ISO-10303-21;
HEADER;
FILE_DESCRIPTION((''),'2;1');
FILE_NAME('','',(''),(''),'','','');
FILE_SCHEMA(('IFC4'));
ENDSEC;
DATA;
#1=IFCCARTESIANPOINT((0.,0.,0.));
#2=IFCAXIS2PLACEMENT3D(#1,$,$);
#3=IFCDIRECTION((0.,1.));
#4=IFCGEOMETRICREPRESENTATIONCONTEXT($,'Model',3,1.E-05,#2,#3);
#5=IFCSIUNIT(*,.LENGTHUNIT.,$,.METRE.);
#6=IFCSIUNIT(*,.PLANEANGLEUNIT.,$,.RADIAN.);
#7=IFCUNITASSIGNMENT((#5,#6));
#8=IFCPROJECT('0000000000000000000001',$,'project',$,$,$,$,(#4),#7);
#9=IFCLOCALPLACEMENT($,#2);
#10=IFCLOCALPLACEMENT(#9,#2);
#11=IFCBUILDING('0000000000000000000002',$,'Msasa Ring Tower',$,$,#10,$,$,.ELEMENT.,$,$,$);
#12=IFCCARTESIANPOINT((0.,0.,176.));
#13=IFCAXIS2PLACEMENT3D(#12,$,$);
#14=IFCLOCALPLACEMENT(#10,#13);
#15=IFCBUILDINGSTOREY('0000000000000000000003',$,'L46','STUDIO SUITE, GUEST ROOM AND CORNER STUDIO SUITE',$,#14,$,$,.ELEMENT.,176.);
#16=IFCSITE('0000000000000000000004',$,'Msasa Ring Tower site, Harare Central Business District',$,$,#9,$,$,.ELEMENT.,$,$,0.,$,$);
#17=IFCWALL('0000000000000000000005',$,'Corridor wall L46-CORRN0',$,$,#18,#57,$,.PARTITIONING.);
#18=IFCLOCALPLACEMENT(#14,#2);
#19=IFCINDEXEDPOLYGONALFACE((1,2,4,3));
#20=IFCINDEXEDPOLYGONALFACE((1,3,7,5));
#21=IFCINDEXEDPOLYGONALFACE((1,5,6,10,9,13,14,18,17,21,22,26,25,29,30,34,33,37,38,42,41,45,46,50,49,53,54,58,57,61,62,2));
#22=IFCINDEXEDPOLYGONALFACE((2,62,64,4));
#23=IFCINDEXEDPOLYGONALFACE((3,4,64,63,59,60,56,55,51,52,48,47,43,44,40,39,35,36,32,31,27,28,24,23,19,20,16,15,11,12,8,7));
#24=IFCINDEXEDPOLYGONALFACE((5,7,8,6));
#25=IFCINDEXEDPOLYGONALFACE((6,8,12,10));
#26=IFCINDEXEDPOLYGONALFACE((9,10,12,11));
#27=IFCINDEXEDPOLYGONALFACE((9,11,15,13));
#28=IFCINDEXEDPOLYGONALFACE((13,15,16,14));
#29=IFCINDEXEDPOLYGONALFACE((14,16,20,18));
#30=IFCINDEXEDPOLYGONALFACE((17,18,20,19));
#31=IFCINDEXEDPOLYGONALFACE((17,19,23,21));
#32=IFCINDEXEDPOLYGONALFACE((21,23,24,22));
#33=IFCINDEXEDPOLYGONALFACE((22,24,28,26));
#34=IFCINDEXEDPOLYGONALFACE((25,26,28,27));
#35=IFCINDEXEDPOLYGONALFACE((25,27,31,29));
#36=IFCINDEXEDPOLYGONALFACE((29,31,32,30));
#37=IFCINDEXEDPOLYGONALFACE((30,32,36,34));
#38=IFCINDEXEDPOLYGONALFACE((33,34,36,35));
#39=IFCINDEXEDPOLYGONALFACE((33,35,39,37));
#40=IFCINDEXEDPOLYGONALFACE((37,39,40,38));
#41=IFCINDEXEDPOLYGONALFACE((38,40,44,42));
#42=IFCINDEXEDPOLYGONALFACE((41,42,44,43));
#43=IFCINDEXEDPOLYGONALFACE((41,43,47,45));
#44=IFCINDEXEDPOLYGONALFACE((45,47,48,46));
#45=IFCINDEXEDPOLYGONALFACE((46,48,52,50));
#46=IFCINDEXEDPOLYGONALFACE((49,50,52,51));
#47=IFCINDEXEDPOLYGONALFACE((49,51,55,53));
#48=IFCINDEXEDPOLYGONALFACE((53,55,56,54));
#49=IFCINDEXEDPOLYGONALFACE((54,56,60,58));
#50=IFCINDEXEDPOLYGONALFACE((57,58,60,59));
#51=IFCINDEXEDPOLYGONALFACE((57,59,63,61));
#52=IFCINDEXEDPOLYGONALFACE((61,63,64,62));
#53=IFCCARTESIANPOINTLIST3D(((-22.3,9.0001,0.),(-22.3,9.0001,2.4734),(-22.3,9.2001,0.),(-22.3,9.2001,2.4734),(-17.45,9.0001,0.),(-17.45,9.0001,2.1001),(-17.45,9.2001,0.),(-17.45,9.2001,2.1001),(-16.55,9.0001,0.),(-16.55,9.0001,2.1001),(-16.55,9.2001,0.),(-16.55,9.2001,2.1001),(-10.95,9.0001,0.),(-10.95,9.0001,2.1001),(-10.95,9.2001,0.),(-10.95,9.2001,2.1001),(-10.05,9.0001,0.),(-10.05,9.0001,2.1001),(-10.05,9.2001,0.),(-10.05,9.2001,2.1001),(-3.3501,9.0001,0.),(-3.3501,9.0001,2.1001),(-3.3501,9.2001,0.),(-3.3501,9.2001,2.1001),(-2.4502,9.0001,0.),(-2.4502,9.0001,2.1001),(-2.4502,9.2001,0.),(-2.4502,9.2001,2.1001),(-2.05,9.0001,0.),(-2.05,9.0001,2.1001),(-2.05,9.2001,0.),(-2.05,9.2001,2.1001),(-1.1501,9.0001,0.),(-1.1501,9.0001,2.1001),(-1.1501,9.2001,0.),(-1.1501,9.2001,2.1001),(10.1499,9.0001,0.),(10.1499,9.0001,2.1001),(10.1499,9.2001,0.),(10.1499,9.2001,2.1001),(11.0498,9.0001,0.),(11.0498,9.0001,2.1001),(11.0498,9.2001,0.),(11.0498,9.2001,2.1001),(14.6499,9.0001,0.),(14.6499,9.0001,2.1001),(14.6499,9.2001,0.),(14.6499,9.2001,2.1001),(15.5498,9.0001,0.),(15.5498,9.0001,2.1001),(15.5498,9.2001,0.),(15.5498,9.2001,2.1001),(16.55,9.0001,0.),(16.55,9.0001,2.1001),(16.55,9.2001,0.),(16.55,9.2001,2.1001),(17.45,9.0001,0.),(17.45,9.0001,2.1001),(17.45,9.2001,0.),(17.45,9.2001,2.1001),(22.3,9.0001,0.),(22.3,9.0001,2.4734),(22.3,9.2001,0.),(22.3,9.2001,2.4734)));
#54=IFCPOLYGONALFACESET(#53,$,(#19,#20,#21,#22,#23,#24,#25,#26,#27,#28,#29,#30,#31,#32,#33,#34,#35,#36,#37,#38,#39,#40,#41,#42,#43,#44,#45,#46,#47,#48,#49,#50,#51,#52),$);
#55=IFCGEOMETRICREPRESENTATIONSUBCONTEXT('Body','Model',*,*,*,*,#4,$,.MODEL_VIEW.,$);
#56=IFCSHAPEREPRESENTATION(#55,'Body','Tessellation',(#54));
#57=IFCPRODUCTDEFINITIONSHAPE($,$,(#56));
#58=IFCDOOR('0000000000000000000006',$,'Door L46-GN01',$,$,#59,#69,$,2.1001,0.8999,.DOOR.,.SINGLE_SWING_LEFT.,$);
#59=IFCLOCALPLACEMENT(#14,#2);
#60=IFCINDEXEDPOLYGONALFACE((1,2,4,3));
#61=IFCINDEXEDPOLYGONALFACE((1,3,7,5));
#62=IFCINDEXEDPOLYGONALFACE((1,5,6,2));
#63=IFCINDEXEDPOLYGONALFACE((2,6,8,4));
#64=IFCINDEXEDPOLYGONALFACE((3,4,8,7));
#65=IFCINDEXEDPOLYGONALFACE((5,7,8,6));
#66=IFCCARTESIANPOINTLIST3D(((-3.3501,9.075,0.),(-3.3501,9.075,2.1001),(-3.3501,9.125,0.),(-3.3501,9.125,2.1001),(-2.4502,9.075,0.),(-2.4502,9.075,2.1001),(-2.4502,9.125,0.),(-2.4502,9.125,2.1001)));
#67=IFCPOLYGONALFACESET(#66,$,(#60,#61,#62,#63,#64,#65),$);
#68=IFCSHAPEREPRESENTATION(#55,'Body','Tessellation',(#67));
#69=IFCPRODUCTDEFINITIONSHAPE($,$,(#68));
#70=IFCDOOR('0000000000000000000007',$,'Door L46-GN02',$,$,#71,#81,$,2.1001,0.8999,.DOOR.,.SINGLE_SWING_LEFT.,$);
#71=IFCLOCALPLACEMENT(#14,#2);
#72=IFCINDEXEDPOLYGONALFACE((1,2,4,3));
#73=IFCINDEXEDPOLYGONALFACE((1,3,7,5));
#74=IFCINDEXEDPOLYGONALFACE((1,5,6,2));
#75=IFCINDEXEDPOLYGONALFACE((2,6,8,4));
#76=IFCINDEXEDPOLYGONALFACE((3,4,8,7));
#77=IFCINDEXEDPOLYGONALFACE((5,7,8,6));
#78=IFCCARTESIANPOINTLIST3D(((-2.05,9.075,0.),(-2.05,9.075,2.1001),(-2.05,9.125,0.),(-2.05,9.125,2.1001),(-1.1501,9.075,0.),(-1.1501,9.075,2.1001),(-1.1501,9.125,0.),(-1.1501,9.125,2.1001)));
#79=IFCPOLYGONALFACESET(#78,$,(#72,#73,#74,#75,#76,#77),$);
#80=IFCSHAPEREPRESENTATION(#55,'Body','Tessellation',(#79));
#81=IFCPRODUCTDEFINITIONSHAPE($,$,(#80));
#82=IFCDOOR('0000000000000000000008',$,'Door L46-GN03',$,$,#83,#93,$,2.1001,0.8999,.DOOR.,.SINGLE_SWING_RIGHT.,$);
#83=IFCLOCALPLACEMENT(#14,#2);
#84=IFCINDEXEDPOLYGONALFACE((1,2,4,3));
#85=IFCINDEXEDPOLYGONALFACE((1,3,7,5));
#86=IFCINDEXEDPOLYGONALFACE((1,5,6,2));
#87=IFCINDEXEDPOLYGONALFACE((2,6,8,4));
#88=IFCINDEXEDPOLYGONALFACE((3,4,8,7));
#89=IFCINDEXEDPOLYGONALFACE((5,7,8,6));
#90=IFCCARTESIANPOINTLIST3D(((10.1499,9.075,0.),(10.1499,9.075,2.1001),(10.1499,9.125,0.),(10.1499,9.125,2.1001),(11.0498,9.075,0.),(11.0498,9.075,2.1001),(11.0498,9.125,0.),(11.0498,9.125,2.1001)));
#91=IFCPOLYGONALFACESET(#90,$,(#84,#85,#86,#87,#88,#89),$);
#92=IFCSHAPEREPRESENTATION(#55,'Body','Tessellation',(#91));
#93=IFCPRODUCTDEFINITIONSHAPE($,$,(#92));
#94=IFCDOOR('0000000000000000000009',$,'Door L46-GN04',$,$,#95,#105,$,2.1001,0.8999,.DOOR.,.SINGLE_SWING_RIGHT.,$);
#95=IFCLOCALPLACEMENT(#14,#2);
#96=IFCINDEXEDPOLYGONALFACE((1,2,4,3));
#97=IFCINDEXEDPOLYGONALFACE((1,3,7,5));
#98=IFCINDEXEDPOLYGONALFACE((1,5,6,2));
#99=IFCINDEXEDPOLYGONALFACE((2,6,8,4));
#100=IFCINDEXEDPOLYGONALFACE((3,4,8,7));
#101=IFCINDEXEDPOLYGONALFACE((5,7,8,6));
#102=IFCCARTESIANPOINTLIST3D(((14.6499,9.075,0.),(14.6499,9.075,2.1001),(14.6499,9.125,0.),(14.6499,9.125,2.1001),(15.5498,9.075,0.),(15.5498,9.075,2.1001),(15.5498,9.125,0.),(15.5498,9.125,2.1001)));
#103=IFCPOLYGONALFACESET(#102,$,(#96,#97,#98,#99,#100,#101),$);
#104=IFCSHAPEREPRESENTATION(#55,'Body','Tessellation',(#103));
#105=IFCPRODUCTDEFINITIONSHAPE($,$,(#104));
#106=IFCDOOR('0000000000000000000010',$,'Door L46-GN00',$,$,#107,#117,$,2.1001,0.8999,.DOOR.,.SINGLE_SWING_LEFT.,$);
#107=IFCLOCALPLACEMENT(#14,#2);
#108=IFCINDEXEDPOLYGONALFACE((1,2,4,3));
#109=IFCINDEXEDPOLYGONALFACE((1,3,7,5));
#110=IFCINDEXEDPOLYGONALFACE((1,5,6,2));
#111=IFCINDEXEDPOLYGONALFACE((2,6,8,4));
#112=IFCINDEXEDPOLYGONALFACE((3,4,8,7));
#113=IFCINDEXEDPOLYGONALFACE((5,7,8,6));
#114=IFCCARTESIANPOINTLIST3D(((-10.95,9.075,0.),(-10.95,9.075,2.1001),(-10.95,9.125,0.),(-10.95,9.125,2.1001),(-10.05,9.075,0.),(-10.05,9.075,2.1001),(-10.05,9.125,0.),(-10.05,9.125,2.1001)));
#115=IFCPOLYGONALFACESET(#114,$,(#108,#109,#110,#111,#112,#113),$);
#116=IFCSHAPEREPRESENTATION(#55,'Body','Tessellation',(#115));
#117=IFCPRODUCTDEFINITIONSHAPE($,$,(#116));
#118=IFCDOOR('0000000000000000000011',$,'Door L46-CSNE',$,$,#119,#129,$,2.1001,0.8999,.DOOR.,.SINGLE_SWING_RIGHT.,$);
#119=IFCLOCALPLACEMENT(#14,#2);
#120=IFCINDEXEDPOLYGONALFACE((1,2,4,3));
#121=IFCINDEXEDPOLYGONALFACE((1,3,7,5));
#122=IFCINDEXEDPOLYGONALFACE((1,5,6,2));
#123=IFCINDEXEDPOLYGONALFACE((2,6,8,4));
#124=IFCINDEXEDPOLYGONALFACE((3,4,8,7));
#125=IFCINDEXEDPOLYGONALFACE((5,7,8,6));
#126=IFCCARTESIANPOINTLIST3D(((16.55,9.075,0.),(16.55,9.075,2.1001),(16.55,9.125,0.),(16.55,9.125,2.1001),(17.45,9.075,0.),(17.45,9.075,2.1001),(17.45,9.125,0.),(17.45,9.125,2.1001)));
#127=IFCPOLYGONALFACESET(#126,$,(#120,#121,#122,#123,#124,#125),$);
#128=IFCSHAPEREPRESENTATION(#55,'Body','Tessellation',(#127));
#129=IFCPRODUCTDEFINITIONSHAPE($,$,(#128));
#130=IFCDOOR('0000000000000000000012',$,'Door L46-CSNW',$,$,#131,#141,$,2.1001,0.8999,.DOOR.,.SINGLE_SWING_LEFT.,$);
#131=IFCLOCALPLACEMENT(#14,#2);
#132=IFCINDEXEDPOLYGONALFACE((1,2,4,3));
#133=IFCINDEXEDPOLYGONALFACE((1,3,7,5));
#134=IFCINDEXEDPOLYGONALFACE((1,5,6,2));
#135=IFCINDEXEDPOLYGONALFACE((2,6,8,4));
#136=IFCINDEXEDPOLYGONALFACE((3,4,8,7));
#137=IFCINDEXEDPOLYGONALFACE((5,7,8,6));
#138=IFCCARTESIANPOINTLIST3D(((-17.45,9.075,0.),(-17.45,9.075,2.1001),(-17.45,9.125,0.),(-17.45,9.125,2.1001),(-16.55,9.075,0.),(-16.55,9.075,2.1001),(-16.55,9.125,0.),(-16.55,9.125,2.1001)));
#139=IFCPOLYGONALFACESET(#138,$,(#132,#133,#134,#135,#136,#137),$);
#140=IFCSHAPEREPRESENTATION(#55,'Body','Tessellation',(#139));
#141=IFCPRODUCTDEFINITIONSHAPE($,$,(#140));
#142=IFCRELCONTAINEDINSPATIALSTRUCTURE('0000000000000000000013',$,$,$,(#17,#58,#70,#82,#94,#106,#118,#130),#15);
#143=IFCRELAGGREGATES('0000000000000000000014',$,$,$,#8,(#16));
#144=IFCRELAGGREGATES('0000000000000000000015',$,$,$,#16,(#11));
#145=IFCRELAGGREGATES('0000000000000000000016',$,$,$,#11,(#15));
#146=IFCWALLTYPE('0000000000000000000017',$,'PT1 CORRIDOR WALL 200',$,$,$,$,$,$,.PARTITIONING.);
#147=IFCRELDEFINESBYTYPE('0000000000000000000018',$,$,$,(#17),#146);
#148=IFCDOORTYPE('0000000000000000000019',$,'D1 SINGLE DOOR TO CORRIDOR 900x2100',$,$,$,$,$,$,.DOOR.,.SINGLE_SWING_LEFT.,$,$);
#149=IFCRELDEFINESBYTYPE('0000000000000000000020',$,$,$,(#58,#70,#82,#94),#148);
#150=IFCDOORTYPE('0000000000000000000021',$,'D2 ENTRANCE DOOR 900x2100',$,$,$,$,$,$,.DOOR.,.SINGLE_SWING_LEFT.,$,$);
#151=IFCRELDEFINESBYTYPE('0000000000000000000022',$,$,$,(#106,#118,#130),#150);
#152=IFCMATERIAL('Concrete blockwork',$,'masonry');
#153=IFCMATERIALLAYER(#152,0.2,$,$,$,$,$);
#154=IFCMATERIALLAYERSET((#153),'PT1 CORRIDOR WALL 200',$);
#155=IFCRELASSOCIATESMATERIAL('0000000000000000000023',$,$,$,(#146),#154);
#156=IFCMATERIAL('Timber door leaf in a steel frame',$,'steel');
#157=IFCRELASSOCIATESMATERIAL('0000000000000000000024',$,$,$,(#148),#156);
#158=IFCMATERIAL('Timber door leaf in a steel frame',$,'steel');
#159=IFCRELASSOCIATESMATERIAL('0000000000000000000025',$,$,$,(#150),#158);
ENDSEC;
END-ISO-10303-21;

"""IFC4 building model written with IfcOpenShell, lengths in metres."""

from ifc_helpers import new_model, si_unit, direction, frame, frame_2d, origin, place, context, subcontext, project, spatial, rectangle, extrude, material, layer, layer_set, type_object, element, fill, save


model = new_model("IFC4")

# Units and contexts
model_context = context("Model", 3, precision=1e-05, world=origin(), true_north=direction((0.0, 1.0)))
body_context = subcontext(model_context, "Body", "Model", "MODEL_VIEW")
ifc_project = project(units=[si_unit("LENGTHUNIT", "METRE"), si_unit("PLANEANGLEUNIT", "RADIAN")], contexts=[model_context])

# Site, building, storey
site_placement = place(None, origin())
site = spatial("IfcSite", under=ifc_project, at=site_placement, Name="Msasa Ring Tower site, Harare Central Business District", CompositionType="ELEMENT", RefElevation=0.0)
building_placement = place(site_placement, origin())
building = spatial("IfcBuilding", under=site, at=building_placement, Name="Msasa Ring Tower", CompositionType="ELEMENT")
storey_placement = place(building_placement, frame((0.0, 0.0, 176.0)))
storey = spatial("IfcBuildingStorey", under=building, at=storey_placement, Name="L46", Description="STUDIO SUITE, GUEST ROOM AND CORNER STUDIO SUITE", CompositionType="ELEMENT", Elevation=176.0)

# Wall, openings, doors
ifc_material_1 = material(Name="Concrete blockwork", Category="masonry")
ifc_layer_1 = layer(ifc_material_1, 0.2)
ifc_layer_set_1 = layer_set([ifc_layer_1], Name="PT1 CORRIDOR WALL 200")
wall_type_1 = type_object("IfcWallType", Name="PT1 CORRIDOR WALL 200", PredefinedType="PARTITIONING", material=ifc_layer_set_1)
wall_1_placement = place(storey_placement, frame((-22.3, 9.1001, 0.0), z_axis=(0.0, 0.0, 1.0), x_axis=(1.0, 0.0, 0.0)))
wall_1 = element("IfcWall", 1, at=wall_1_placement, inside=storey, type_object=wall_type_1, Name="Corridor wall L46-CORRN0", PredefinedType="PARTITIONING", context=body_context, shape_type="SweptSolid", body=[
    extrude(rectangle(XDim=44.6001, YDim=0.2, at=frame_2d((22.3, 0.0))), origin(), (0.0, 0.0, 1.0), 2.4734),
])
opening_1_placement = place(wall_1_placement, frame((11.3501, 0.0, 0.0)))
opening_1 = element("IfcOpeningElement", 2, at=opening_1_placement, cuts=wall_1, PredefinedType="OPENING", context=body_context, shape_type="SweptSolid", body=[
    extrude(rectangle(XDim=0.8999, YDim=2.1001, at=frame_2d((0.45, 1.05))), frame((0.0, 0.1099, 0.0), z_axis=(0.0, -1.0, 0.0), x_axis=(1.0, 0.0, 0.0)), (0.0, 0.0, 1.0), 0.22),
])
opening_2_placement = place(wall_1_placement, frame((18.95, 0.0, 0.0)))
opening_2 = element("IfcOpeningElement", 3, at=opening_2_placement, cuts=wall_1, PredefinedType="OPENING", context=body_context, shape_type="SweptSolid", body=[
    extrude(rectangle(XDim=0.8999, YDim=2.1001, at=frame_2d((0.45, 1.05))), frame((0.0, 0.1099, 0.0), z_axis=(0.0, -1.0, 0.0), x_axis=(1.0, 0.0, 0.0)), (0.0, 0.0, 1.0), 0.22),
])
opening_3_placement = place(wall_1_placement, frame((20.25, 0.0, 0.0)))
opening_3 = element("IfcOpeningElement", 4, at=opening_3_placement, cuts=wall_1, PredefinedType="OPENING", context=body_context, shape_type="SweptSolid", body=[
    extrude(rectangle(XDim=0.8999, YDim=2.1001, at=frame_2d((0.45, 1.05))), frame((0.0, 0.1099, 0.0), z_axis=(0.0, -1.0, 0.0), x_axis=(1.0, 0.0, 0.0)), (0.0, 0.0, 1.0), 0.22),
])
opening_4_placement = place(wall_1_placement, frame((32.45, 0.0, 0.0)))
opening_4 = element("IfcOpeningElement", 5, at=opening_4_placement, cuts=wall_1, PredefinedType="OPENING", context=body_context, shape_type="SweptSolid", body=[
    extrude(rectangle(XDim=0.8999, YDim=2.1001, at=frame_2d((0.45, 1.05))), frame((0.0, 0.1099, 0.0), z_axis=(0.0, -1.0, 0.0), x_axis=(1.0, 0.0, 0.0)), (0.0, 0.0, 1.0), 0.22),
])
opening_5_placement = place(wall_1_placement, frame((36.95, 0.0, 0.0)))
opening_5 = element("IfcOpeningElement", 6, at=opening_5_placement, cuts=wall_1, PredefinedType="OPENING", context=body_context, shape_type="SweptSolid", body=[
    extrude(rectangle(XDim=0.8999, YDim=2.1001, at=frame_2d((0.45, 1.05))), frame((0.0, 0.1099, 0.0), z_axis=(0.0, -1.0, 0.0), x_axis=(1.0, 0.0, 0.0)), (0.0, 0.0, 1.0), 0.22),
])
opening_6_placement = place(wall_1_placement, frame((38.8501, 0.0, 0.0)))
opening_6 = element("IfcOpeningElement", 7, at=opening_6_placement, cuts=wall_1, PredefinedType="OPENING", context=body_context, shape_type="SweptSolid", body=[
    extrude(rectangle(XDim=0.8999, YDim=2.1001, at=frame_2d((0.45, 1.05))), frame((0.0, 0.1099, 0.0), z_axis=(0.0, -1.0, 0.0), x_axis=(1.0, 0.0, 0.0)), (0.0, 0.0, 1.0), 0.22),
])
opening_7_placement = place(wall_1_placement, frame((4.8501, 0.0, 0.0)))
opening_7 = element("IfcOpeningElement", 8, at=opening_7_placement, cuts=wall_1, PredefinedType="OPENING", context=body_context, shape_type="SweptSolid", body=[
    extrude(rectangle(XDim=0.8999, YDim=2.1001, at=frame_2d((0.45, 1.05))), frame((0.0, 0.1099, 0.0), z_axis=(0.0, -1.0, 0.0), x_axis=(1.0, 0.0, 0.0)), (0.0, 0.0, 1.0), 0.22),
])
ifc_material_2 = material(Name="Timber door leaf in a steel frame", Category="steel")
door_type_1 = type_object("IfcDoorType", Name="D1 SINGLE DOOR TO CORRIDOR 900x2100", OperationType="SINGLE_SWING_LEFT", PredefinedType="DOOR", material=ifc_material_2)
door_1_placement = place(opening_2_placement, origin())
door_1 = element("IfcDoor", 9, at=door_1_placement, inside=storey, type_object=door_type_1, Name="Door L46-GN01", OperationType="SINGLE_SWING_LEFT", OverallHeight=2.1001, OverallWidth=0.8999, PredefinedType="DOOR", context=body_context, shape_type="SweptSolid", body=[
    extrude(rectangle(XDim=0.8999, YDim=2.1001, at=frame_2d((0.45, 1.05))), frame((0.0, 0.0249, 0.0), z_axis=(0.0, -1.0, 0.0), x_axis=(1.0, 0.0, 0.0)), (0.0, 0.0, 1.0), 0.05),
])
fill(opening_2, door_1)
door_2_placement = place(opening_3_placement, origin())
door_2 = element("IfcDoor", 10, at=door_2_placement, inside=storey, type_object=door_type_1, Name="Door L46-GN02", OperationType="SINGLE_SWING_LEFT", OverallHeight=2.1001, OverallWidth=0.8999, PredefinedType="DOOR", context=body_context, shape_type="SweptSolid", body=[
    extrude(rectangle(XDim=0.8999, YDim=2.1001, at=frame_2d((0.45, 1.05))), frame((0.0, 0.0249, 0.0), z_axis=(0.0, -1.0, 0.0), x_axis=(1.0, 0.0, 0.0)), (0.0, 0.0, 1.0), 0.05),
])
fill(opening_3, door_2)
door_3_placement = place(opening_4_placement, origin())
door_3 = element("IfcDoor", 11, at=door_3_placement, inside=storey, type_object=door_type_1, Name="Door L46-GN03", OperationType="SINGLE_SWING_RIGHT", OverallHeight=2.1001, OverallWidth=0.8999, PredefinedType="DOOR", context=body_context, shape_type="SweptSolid", body=[
    extrude(rectangle(XDim=0.8999, YDim=2.1001, at=frame_2d((0.45, 1.05))), frame((0.0, 0.0249, 0.0), z_axis=(0.0, -1.0, 0.0), x_axis=(1.0, 0.0, 0.0)), (0.0, 0.0, 1.0), 0.05),
])
fill(opening_4, door_3)
door_4_placement = place(opening_5_placement, origin())
door_4 = element("IfcDoor", 12, at=door_4_placement, inside=storey, type_object=door_type_1, Name="Door L46-GN04", OperationType="SINGLE_SWING_RIGHT", OverallHeight=2.1001, OverallWidth=0.8999, PredefinedType="DOOR", context=body_context, shape_type="SweptSolid", body=[
    extrude(rectangle(XDim=0.8999, YDim=2.1001, at=frame_2d((0.45, 1.05))), frame((0.0, 0.0249, 0.0), z_axis=(0.0, -1.0, 0.0), x_axis=(1.0, 0.0, 0.0)), (0.0, 0.0, 1.0), 0.05),
])
fill(opening_5, door_4)
ifc_material_3 = material(Name="Timber door leaf in a steel frame", Category="steel")
door_type_2 = type_object("IfcDoorType", Name="D2 ENTRANCE DOOR 900x2100", OperationType="SINGLE_SWING_LEFT", PredefinedType="DOOR", material=ifc_material_3)
door_5_placement = place(opening_1_placement, origin())
door_5 = element("IfcDoor", 13, at=door_5_placement, inside=storey, type_object=door_type_2, Name="Door L46-GN00", OperationType="SINGLE_SWING_LEFT", OverallHeight=2.1001, OverallWidth=0.8999, PredefinedType="DOOR", context=body_context, shape_type="SweptSolid", body=[
    extrude(rectangle(XDim=0.8999, YDim=2.1001, at=frame_2d((0.45, 1.05))), frame((0.0, 0.0249, 0.0), z_axis=(0.0, -1.0, 0.0), x_axis=(1.0, 0.0, 0.0)), (0.0, 0.0, 1.0), 0.05),
])
fill(opening_1, door_5)
door_6_placement = place(opening_6_placement, origin())
door_6 = element("IfcDoor", 14, at=door_6_placement, inside=storey, type_object=door_type_2, Name="Door L46-CSNE", OperationType="SINGLE_SWING_RIGHT", OverallHeight=2.1001, OverallWidth=0.8999, PredefinedType="DOOR", context=body_context, shape_type="SweptSolid", body=[
    extrude(rectangle(XDim=0.8999, YDim=2.1001, at=frame_2d((0.45, 1.05))), frame((0.0, 0.0249, 0.0), z_axis=(0.0, -1.0, 0.0), x_axis=(1.0, 0.0, 0.0)), (0.0, 0.0, 1.0), 0.05),
])
fill(opening_6, door_6)
door_7_placement = place(opening_7_placement, origin())
door_7 = element("IfcDoor", 15, at=door_7_placement, inside=storey, type_object=door_type_2, Name="Door L46-CSNW", OperationType="SINGLE_SWING_LEFT", OverallHeight=2.1001, OverallWidth=0.8999, PredefinedType="DOOR", context=body_context, shape_type="SweptSolid", body=[
    extrude(rectangle(XDim=0.8999, YDim=2.1001, at=frame_2d((0.45, 1.05))), frame((0.0, 0.0249, 0.0), z_axis=(0.0, -1.0, 0.0), x_axis=(1.0, 0.0, 0.0)), (0.0, 0.0, 1.0), 0.05),
])
fill(opening_7, door_7)

save(model, "model.ifc")
